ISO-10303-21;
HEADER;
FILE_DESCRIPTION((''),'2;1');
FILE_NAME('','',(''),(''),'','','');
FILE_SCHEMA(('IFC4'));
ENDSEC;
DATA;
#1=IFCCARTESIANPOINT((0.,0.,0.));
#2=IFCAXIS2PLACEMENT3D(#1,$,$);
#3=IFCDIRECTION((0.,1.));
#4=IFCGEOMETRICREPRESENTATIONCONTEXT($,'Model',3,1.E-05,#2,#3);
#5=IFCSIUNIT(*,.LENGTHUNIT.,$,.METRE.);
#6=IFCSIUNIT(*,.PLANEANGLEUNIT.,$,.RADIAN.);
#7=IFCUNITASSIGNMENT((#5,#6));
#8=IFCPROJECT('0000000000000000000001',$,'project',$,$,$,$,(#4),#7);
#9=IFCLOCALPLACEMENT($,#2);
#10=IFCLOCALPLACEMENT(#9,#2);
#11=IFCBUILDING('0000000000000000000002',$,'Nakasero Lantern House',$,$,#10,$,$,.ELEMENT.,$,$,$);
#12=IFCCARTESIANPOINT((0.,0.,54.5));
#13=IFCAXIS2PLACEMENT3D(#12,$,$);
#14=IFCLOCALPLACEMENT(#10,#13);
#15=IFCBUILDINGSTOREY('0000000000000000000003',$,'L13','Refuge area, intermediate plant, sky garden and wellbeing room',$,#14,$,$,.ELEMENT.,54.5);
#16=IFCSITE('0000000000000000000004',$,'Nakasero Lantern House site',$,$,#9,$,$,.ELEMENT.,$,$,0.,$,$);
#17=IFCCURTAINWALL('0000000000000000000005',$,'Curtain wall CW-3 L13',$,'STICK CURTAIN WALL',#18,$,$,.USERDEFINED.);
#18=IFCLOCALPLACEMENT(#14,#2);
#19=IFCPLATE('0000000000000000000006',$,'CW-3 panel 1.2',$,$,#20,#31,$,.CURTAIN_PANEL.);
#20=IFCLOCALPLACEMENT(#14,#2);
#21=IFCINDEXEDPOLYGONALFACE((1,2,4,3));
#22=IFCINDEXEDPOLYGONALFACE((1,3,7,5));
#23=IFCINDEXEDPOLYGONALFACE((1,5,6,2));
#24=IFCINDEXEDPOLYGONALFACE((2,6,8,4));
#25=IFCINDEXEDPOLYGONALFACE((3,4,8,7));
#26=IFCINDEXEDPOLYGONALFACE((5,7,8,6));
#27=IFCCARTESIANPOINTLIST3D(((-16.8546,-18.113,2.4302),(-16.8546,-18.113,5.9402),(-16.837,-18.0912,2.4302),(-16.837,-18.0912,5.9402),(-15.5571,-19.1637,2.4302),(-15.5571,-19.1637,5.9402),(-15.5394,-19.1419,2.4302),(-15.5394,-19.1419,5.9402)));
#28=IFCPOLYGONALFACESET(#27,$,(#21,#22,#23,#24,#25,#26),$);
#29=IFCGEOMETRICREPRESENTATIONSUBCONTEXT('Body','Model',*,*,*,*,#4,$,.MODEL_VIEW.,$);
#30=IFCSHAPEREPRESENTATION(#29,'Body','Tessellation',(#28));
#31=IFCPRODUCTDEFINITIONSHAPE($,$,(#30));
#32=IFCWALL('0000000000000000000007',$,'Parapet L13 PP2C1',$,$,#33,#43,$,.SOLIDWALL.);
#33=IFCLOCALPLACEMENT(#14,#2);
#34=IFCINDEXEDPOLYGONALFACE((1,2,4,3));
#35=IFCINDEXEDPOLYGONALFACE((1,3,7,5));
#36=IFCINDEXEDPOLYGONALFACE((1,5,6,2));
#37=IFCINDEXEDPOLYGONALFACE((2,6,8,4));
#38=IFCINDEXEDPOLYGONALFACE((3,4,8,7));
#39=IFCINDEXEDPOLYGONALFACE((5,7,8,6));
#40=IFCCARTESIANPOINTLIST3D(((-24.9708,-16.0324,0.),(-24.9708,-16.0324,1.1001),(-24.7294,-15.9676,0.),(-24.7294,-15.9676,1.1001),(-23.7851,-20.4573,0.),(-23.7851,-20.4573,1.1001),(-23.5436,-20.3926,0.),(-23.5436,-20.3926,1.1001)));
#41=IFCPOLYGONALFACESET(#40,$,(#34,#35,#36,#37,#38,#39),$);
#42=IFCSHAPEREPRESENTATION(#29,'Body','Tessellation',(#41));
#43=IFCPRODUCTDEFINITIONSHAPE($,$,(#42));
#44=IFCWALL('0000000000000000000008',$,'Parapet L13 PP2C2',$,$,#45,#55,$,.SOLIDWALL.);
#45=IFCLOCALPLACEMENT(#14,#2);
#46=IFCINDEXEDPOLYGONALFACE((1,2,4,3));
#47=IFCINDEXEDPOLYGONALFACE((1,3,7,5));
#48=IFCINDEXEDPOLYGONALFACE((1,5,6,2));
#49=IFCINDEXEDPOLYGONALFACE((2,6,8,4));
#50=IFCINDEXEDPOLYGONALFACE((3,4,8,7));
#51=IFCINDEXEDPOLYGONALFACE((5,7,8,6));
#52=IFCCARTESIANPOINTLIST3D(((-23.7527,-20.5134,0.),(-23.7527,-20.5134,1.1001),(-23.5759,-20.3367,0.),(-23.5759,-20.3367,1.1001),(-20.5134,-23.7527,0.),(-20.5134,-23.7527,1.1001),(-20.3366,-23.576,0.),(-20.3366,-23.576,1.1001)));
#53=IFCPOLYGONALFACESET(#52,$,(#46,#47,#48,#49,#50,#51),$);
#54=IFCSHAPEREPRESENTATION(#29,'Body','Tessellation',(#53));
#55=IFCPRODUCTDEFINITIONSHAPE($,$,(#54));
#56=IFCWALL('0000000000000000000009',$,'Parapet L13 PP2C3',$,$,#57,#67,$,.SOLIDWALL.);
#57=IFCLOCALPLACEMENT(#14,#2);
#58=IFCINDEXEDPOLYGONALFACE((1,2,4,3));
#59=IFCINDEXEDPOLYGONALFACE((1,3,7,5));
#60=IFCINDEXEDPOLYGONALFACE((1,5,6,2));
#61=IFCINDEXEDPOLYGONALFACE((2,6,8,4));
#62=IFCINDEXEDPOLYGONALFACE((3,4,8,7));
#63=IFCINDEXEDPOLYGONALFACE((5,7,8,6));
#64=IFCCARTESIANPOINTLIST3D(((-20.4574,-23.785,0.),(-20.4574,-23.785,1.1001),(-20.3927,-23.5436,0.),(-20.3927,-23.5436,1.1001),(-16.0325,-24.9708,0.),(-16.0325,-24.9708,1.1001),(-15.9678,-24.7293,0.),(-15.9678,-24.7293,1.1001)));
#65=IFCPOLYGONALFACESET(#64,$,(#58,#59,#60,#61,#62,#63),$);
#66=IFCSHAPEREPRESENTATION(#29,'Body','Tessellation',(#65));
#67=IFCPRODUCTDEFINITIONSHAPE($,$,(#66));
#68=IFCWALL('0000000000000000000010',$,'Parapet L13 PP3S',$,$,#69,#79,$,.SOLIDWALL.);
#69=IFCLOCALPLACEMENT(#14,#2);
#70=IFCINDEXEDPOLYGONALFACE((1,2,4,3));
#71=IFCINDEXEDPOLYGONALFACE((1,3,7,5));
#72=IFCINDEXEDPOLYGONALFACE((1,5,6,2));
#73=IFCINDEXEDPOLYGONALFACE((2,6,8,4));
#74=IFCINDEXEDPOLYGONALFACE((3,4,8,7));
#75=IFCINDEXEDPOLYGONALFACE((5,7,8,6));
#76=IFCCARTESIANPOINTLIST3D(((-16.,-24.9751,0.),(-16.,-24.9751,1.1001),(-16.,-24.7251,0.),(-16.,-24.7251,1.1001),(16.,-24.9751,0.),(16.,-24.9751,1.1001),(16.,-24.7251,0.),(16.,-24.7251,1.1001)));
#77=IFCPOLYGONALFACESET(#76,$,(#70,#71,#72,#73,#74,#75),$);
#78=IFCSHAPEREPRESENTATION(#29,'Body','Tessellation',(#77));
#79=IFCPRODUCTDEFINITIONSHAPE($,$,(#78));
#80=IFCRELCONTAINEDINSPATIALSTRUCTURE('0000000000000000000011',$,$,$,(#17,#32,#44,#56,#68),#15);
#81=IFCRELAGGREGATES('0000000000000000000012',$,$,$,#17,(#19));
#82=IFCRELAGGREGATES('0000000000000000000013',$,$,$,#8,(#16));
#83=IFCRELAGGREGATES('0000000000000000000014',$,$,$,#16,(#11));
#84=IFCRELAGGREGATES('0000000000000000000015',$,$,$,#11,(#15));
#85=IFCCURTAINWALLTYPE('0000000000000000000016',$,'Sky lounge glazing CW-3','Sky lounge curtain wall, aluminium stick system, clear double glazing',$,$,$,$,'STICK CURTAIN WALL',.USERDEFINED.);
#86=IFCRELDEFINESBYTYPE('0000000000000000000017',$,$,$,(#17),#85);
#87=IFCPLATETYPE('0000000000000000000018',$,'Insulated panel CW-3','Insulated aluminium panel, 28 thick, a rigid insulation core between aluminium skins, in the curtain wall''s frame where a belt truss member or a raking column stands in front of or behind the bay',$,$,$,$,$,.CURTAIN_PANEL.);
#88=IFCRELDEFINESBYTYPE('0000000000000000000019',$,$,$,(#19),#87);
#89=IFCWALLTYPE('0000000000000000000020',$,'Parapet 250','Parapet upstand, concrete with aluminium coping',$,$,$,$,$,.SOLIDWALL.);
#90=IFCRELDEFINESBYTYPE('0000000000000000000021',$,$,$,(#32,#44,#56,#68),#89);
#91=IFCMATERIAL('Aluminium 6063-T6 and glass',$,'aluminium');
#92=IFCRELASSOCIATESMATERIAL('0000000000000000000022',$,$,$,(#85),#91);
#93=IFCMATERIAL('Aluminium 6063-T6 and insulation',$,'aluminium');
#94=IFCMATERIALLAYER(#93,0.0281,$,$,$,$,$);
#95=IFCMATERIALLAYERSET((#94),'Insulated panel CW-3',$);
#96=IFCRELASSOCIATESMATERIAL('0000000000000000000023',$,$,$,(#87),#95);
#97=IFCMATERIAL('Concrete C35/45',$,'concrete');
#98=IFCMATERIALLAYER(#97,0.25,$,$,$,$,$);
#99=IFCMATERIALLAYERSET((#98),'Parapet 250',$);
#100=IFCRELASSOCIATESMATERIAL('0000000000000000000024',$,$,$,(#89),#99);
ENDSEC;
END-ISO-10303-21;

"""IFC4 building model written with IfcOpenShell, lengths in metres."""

from ifc_helpers import new_model, si_unit, direction, frame, frame_2d, origin, origin_2d, place, context, subcontext, project, spatial, rectangle, extrude, material, layer, layer_set, type_object, element, aggregate, save


model = new_model("IFC4")

# Units and contexts
model_context = context("Model", 3, precision=1e-05, world=origin(), true_north=direction((0.0, 1.0)))
body_context = subcontext(model_context, "Body", "Model", "MODEL_VIEW")
ifc_project = project(units=[si_unit("LENGTHUNIT", "METRE"), si_unit("PLANEANGLEUNIT", "RADIAN")], contexts=[model_context])

# Site, building, storey
site_placement = place(None, origin())
site = spatial("IfcSite", under=ifc_project, at=site_placement, Name="Nakasero Lantern House site", CompositionType="ELEMENT", RefElevation=0.0)
building_placement = place(site_placement, origin())
building = spatial("IfcBuilding", under=site, at=building_placement, Name="Nakasero Lantern House", CompositionType="ELEMENT")
storey_placement = place(building_placement, frame((0.0, 0.0, 54.5)))
storey = spatial("IfcBuildingStorey", under=building, at=storey_placement, Name="L13", Description="Refuge area, intermediate plant, sky garden and wellbeing room", CompositionType="ELEMENT", Elevation=54.5)

# Shared definitions
ifc_material_1 = material(Name="Aluminium 6063-T6 and glass", Category="aluminium")
curtain_wall_type = type_object("IfcCurtainWallType", Name="Sky lounge glazing CW-3", Description="Sky lounge curtain wall, aluminium stick system, clear double glazing", ElementType="STICK CURTAIN WALL", PredefinedType="USERDEFINED", material=ifc_material_1)

# Curtain wall
curtain_wall_1_placement = place(storey_placement, origin())
curtain_wall_1 = element("IfcCurtainWall", 1, at=curtain_wall_1_placement, inside=storey, type_object=curtain_wall_type, Name="Curtain wall CW-3 L13", ObjectType="STICK CURTAIN WALL", PredefinedType="USERDEFINED")

# Plate
ifc_material_2 = material(Name="Aluminium 6063-T6 and insulation", Category="aluminium")
ifc_layer_1 = layer(ifc_material_2, 0.0281)
ifc_layer_set_1 = layer_set([ifc_layer_1], Name="Insulated panel CW-3")
plate_type = type_object("IfcPlateType", Name="Insulated panel CW-3", Description="Insulated aluminium panel, 28 thick, a rigid insulation core between aluminium skins, in the curtain wall's frame where a belt truss member or a raking column stands in front of or behind the bay", PredefinedType="CURTAIN_PANEL", material=ifc_layer_set_1)
plate_1_placement = place(storey_placement, frame((-16.197, -18.6274, 2.4302), z_axis=(0.0, 0.0, 1.0), x_axis=(0.777146, -0.62932, 0.0)))
plate_1 = element("IfcPlate", 2, at=plate_1_placement, type_object=plate_type, Name="CW-3 panel 1.2", PredefinedType="CURTAIN_PANEL", context=body_context, shape_type="SweptSolid", body=[
    extrude(rectangle(XDim=1.6697, YDim=0.0281, at=origin_2d()), origin(), (0.0, 0.0, 1.0), 3.51),
])
aggregate(curtain_wall_1, [plate_1])

# Walls
ifc_material_3 = material(Name="Concrete C35/45", Category="concrete")
ifc_layer_2 = layer(ifc_material_3, 0.25)
ifc_layer_set_2 = layer_set([ifc_layer_2], Name="Parapet 250")
wall_type = type_object("IfcWallType", Name="Parapet 250", Description="Parapet upstand, concrete with aluminium coping", PredefinedType="SOLIDWALL", material=ifc_layer_set_2)
for number, where, z_axis, x_axis, name in (
    (3, (-24.8501, -16.0, 0.0), (0.0, 0.0, 1.0), (0.25884, -0.96592, 0.0), "Parapet L13 PP2C1"),
    (4, (-23.6643, -20.425, 0.0), (0.0, 0.0, 1.0), (0.707107, -0.707107, 0.0), "Parapet L13 PP2C2"),
    (5, (-20.425, -23.6643, 0.0), (0.0, 0.0, 1.0), (0.96592, -0.25884, 0.0), "Parapet L13 PP2C3"),
):
    element("IfcWall", number, at=place(storey_placement, frame(where, z_axis=z_axis, x_axis=x_axis)), inside=storey, type_object=wall_type, Name=name, PredefinedType="SOLIDWALL", context=body_context, shape_type="SweptSolid", body=[
        extrude(rectangle(XDim=4.5811, YDim=0.25, at=frame_2d((2.2905, 0.0))), origin(), (0.0, 0.0, 1.0), 1.1001),
    ])
wall_placement = place(storey_placement, frame((-16.0, -24.8501, 0.0), z_axis=(0.0, 0.0, 1.0), x_axis=(1.0, 0.0, 0.0)))
element("IfcWall", 6, at=wall_placement, inside=storey, type_object=wall_type, Name="Parapet L13 PP3S", PredefinedType="SOLIDWALL", context=body_context, shape_type="SweptSolid", body=[
    extrude(rectangle(XDim=32.0, YDim=0.25, at=frame_2d((16.0, 0.0))), origin(), (0.0, 0.0, 1.0), 1.1001),
])

save(model, "model.ifc")
